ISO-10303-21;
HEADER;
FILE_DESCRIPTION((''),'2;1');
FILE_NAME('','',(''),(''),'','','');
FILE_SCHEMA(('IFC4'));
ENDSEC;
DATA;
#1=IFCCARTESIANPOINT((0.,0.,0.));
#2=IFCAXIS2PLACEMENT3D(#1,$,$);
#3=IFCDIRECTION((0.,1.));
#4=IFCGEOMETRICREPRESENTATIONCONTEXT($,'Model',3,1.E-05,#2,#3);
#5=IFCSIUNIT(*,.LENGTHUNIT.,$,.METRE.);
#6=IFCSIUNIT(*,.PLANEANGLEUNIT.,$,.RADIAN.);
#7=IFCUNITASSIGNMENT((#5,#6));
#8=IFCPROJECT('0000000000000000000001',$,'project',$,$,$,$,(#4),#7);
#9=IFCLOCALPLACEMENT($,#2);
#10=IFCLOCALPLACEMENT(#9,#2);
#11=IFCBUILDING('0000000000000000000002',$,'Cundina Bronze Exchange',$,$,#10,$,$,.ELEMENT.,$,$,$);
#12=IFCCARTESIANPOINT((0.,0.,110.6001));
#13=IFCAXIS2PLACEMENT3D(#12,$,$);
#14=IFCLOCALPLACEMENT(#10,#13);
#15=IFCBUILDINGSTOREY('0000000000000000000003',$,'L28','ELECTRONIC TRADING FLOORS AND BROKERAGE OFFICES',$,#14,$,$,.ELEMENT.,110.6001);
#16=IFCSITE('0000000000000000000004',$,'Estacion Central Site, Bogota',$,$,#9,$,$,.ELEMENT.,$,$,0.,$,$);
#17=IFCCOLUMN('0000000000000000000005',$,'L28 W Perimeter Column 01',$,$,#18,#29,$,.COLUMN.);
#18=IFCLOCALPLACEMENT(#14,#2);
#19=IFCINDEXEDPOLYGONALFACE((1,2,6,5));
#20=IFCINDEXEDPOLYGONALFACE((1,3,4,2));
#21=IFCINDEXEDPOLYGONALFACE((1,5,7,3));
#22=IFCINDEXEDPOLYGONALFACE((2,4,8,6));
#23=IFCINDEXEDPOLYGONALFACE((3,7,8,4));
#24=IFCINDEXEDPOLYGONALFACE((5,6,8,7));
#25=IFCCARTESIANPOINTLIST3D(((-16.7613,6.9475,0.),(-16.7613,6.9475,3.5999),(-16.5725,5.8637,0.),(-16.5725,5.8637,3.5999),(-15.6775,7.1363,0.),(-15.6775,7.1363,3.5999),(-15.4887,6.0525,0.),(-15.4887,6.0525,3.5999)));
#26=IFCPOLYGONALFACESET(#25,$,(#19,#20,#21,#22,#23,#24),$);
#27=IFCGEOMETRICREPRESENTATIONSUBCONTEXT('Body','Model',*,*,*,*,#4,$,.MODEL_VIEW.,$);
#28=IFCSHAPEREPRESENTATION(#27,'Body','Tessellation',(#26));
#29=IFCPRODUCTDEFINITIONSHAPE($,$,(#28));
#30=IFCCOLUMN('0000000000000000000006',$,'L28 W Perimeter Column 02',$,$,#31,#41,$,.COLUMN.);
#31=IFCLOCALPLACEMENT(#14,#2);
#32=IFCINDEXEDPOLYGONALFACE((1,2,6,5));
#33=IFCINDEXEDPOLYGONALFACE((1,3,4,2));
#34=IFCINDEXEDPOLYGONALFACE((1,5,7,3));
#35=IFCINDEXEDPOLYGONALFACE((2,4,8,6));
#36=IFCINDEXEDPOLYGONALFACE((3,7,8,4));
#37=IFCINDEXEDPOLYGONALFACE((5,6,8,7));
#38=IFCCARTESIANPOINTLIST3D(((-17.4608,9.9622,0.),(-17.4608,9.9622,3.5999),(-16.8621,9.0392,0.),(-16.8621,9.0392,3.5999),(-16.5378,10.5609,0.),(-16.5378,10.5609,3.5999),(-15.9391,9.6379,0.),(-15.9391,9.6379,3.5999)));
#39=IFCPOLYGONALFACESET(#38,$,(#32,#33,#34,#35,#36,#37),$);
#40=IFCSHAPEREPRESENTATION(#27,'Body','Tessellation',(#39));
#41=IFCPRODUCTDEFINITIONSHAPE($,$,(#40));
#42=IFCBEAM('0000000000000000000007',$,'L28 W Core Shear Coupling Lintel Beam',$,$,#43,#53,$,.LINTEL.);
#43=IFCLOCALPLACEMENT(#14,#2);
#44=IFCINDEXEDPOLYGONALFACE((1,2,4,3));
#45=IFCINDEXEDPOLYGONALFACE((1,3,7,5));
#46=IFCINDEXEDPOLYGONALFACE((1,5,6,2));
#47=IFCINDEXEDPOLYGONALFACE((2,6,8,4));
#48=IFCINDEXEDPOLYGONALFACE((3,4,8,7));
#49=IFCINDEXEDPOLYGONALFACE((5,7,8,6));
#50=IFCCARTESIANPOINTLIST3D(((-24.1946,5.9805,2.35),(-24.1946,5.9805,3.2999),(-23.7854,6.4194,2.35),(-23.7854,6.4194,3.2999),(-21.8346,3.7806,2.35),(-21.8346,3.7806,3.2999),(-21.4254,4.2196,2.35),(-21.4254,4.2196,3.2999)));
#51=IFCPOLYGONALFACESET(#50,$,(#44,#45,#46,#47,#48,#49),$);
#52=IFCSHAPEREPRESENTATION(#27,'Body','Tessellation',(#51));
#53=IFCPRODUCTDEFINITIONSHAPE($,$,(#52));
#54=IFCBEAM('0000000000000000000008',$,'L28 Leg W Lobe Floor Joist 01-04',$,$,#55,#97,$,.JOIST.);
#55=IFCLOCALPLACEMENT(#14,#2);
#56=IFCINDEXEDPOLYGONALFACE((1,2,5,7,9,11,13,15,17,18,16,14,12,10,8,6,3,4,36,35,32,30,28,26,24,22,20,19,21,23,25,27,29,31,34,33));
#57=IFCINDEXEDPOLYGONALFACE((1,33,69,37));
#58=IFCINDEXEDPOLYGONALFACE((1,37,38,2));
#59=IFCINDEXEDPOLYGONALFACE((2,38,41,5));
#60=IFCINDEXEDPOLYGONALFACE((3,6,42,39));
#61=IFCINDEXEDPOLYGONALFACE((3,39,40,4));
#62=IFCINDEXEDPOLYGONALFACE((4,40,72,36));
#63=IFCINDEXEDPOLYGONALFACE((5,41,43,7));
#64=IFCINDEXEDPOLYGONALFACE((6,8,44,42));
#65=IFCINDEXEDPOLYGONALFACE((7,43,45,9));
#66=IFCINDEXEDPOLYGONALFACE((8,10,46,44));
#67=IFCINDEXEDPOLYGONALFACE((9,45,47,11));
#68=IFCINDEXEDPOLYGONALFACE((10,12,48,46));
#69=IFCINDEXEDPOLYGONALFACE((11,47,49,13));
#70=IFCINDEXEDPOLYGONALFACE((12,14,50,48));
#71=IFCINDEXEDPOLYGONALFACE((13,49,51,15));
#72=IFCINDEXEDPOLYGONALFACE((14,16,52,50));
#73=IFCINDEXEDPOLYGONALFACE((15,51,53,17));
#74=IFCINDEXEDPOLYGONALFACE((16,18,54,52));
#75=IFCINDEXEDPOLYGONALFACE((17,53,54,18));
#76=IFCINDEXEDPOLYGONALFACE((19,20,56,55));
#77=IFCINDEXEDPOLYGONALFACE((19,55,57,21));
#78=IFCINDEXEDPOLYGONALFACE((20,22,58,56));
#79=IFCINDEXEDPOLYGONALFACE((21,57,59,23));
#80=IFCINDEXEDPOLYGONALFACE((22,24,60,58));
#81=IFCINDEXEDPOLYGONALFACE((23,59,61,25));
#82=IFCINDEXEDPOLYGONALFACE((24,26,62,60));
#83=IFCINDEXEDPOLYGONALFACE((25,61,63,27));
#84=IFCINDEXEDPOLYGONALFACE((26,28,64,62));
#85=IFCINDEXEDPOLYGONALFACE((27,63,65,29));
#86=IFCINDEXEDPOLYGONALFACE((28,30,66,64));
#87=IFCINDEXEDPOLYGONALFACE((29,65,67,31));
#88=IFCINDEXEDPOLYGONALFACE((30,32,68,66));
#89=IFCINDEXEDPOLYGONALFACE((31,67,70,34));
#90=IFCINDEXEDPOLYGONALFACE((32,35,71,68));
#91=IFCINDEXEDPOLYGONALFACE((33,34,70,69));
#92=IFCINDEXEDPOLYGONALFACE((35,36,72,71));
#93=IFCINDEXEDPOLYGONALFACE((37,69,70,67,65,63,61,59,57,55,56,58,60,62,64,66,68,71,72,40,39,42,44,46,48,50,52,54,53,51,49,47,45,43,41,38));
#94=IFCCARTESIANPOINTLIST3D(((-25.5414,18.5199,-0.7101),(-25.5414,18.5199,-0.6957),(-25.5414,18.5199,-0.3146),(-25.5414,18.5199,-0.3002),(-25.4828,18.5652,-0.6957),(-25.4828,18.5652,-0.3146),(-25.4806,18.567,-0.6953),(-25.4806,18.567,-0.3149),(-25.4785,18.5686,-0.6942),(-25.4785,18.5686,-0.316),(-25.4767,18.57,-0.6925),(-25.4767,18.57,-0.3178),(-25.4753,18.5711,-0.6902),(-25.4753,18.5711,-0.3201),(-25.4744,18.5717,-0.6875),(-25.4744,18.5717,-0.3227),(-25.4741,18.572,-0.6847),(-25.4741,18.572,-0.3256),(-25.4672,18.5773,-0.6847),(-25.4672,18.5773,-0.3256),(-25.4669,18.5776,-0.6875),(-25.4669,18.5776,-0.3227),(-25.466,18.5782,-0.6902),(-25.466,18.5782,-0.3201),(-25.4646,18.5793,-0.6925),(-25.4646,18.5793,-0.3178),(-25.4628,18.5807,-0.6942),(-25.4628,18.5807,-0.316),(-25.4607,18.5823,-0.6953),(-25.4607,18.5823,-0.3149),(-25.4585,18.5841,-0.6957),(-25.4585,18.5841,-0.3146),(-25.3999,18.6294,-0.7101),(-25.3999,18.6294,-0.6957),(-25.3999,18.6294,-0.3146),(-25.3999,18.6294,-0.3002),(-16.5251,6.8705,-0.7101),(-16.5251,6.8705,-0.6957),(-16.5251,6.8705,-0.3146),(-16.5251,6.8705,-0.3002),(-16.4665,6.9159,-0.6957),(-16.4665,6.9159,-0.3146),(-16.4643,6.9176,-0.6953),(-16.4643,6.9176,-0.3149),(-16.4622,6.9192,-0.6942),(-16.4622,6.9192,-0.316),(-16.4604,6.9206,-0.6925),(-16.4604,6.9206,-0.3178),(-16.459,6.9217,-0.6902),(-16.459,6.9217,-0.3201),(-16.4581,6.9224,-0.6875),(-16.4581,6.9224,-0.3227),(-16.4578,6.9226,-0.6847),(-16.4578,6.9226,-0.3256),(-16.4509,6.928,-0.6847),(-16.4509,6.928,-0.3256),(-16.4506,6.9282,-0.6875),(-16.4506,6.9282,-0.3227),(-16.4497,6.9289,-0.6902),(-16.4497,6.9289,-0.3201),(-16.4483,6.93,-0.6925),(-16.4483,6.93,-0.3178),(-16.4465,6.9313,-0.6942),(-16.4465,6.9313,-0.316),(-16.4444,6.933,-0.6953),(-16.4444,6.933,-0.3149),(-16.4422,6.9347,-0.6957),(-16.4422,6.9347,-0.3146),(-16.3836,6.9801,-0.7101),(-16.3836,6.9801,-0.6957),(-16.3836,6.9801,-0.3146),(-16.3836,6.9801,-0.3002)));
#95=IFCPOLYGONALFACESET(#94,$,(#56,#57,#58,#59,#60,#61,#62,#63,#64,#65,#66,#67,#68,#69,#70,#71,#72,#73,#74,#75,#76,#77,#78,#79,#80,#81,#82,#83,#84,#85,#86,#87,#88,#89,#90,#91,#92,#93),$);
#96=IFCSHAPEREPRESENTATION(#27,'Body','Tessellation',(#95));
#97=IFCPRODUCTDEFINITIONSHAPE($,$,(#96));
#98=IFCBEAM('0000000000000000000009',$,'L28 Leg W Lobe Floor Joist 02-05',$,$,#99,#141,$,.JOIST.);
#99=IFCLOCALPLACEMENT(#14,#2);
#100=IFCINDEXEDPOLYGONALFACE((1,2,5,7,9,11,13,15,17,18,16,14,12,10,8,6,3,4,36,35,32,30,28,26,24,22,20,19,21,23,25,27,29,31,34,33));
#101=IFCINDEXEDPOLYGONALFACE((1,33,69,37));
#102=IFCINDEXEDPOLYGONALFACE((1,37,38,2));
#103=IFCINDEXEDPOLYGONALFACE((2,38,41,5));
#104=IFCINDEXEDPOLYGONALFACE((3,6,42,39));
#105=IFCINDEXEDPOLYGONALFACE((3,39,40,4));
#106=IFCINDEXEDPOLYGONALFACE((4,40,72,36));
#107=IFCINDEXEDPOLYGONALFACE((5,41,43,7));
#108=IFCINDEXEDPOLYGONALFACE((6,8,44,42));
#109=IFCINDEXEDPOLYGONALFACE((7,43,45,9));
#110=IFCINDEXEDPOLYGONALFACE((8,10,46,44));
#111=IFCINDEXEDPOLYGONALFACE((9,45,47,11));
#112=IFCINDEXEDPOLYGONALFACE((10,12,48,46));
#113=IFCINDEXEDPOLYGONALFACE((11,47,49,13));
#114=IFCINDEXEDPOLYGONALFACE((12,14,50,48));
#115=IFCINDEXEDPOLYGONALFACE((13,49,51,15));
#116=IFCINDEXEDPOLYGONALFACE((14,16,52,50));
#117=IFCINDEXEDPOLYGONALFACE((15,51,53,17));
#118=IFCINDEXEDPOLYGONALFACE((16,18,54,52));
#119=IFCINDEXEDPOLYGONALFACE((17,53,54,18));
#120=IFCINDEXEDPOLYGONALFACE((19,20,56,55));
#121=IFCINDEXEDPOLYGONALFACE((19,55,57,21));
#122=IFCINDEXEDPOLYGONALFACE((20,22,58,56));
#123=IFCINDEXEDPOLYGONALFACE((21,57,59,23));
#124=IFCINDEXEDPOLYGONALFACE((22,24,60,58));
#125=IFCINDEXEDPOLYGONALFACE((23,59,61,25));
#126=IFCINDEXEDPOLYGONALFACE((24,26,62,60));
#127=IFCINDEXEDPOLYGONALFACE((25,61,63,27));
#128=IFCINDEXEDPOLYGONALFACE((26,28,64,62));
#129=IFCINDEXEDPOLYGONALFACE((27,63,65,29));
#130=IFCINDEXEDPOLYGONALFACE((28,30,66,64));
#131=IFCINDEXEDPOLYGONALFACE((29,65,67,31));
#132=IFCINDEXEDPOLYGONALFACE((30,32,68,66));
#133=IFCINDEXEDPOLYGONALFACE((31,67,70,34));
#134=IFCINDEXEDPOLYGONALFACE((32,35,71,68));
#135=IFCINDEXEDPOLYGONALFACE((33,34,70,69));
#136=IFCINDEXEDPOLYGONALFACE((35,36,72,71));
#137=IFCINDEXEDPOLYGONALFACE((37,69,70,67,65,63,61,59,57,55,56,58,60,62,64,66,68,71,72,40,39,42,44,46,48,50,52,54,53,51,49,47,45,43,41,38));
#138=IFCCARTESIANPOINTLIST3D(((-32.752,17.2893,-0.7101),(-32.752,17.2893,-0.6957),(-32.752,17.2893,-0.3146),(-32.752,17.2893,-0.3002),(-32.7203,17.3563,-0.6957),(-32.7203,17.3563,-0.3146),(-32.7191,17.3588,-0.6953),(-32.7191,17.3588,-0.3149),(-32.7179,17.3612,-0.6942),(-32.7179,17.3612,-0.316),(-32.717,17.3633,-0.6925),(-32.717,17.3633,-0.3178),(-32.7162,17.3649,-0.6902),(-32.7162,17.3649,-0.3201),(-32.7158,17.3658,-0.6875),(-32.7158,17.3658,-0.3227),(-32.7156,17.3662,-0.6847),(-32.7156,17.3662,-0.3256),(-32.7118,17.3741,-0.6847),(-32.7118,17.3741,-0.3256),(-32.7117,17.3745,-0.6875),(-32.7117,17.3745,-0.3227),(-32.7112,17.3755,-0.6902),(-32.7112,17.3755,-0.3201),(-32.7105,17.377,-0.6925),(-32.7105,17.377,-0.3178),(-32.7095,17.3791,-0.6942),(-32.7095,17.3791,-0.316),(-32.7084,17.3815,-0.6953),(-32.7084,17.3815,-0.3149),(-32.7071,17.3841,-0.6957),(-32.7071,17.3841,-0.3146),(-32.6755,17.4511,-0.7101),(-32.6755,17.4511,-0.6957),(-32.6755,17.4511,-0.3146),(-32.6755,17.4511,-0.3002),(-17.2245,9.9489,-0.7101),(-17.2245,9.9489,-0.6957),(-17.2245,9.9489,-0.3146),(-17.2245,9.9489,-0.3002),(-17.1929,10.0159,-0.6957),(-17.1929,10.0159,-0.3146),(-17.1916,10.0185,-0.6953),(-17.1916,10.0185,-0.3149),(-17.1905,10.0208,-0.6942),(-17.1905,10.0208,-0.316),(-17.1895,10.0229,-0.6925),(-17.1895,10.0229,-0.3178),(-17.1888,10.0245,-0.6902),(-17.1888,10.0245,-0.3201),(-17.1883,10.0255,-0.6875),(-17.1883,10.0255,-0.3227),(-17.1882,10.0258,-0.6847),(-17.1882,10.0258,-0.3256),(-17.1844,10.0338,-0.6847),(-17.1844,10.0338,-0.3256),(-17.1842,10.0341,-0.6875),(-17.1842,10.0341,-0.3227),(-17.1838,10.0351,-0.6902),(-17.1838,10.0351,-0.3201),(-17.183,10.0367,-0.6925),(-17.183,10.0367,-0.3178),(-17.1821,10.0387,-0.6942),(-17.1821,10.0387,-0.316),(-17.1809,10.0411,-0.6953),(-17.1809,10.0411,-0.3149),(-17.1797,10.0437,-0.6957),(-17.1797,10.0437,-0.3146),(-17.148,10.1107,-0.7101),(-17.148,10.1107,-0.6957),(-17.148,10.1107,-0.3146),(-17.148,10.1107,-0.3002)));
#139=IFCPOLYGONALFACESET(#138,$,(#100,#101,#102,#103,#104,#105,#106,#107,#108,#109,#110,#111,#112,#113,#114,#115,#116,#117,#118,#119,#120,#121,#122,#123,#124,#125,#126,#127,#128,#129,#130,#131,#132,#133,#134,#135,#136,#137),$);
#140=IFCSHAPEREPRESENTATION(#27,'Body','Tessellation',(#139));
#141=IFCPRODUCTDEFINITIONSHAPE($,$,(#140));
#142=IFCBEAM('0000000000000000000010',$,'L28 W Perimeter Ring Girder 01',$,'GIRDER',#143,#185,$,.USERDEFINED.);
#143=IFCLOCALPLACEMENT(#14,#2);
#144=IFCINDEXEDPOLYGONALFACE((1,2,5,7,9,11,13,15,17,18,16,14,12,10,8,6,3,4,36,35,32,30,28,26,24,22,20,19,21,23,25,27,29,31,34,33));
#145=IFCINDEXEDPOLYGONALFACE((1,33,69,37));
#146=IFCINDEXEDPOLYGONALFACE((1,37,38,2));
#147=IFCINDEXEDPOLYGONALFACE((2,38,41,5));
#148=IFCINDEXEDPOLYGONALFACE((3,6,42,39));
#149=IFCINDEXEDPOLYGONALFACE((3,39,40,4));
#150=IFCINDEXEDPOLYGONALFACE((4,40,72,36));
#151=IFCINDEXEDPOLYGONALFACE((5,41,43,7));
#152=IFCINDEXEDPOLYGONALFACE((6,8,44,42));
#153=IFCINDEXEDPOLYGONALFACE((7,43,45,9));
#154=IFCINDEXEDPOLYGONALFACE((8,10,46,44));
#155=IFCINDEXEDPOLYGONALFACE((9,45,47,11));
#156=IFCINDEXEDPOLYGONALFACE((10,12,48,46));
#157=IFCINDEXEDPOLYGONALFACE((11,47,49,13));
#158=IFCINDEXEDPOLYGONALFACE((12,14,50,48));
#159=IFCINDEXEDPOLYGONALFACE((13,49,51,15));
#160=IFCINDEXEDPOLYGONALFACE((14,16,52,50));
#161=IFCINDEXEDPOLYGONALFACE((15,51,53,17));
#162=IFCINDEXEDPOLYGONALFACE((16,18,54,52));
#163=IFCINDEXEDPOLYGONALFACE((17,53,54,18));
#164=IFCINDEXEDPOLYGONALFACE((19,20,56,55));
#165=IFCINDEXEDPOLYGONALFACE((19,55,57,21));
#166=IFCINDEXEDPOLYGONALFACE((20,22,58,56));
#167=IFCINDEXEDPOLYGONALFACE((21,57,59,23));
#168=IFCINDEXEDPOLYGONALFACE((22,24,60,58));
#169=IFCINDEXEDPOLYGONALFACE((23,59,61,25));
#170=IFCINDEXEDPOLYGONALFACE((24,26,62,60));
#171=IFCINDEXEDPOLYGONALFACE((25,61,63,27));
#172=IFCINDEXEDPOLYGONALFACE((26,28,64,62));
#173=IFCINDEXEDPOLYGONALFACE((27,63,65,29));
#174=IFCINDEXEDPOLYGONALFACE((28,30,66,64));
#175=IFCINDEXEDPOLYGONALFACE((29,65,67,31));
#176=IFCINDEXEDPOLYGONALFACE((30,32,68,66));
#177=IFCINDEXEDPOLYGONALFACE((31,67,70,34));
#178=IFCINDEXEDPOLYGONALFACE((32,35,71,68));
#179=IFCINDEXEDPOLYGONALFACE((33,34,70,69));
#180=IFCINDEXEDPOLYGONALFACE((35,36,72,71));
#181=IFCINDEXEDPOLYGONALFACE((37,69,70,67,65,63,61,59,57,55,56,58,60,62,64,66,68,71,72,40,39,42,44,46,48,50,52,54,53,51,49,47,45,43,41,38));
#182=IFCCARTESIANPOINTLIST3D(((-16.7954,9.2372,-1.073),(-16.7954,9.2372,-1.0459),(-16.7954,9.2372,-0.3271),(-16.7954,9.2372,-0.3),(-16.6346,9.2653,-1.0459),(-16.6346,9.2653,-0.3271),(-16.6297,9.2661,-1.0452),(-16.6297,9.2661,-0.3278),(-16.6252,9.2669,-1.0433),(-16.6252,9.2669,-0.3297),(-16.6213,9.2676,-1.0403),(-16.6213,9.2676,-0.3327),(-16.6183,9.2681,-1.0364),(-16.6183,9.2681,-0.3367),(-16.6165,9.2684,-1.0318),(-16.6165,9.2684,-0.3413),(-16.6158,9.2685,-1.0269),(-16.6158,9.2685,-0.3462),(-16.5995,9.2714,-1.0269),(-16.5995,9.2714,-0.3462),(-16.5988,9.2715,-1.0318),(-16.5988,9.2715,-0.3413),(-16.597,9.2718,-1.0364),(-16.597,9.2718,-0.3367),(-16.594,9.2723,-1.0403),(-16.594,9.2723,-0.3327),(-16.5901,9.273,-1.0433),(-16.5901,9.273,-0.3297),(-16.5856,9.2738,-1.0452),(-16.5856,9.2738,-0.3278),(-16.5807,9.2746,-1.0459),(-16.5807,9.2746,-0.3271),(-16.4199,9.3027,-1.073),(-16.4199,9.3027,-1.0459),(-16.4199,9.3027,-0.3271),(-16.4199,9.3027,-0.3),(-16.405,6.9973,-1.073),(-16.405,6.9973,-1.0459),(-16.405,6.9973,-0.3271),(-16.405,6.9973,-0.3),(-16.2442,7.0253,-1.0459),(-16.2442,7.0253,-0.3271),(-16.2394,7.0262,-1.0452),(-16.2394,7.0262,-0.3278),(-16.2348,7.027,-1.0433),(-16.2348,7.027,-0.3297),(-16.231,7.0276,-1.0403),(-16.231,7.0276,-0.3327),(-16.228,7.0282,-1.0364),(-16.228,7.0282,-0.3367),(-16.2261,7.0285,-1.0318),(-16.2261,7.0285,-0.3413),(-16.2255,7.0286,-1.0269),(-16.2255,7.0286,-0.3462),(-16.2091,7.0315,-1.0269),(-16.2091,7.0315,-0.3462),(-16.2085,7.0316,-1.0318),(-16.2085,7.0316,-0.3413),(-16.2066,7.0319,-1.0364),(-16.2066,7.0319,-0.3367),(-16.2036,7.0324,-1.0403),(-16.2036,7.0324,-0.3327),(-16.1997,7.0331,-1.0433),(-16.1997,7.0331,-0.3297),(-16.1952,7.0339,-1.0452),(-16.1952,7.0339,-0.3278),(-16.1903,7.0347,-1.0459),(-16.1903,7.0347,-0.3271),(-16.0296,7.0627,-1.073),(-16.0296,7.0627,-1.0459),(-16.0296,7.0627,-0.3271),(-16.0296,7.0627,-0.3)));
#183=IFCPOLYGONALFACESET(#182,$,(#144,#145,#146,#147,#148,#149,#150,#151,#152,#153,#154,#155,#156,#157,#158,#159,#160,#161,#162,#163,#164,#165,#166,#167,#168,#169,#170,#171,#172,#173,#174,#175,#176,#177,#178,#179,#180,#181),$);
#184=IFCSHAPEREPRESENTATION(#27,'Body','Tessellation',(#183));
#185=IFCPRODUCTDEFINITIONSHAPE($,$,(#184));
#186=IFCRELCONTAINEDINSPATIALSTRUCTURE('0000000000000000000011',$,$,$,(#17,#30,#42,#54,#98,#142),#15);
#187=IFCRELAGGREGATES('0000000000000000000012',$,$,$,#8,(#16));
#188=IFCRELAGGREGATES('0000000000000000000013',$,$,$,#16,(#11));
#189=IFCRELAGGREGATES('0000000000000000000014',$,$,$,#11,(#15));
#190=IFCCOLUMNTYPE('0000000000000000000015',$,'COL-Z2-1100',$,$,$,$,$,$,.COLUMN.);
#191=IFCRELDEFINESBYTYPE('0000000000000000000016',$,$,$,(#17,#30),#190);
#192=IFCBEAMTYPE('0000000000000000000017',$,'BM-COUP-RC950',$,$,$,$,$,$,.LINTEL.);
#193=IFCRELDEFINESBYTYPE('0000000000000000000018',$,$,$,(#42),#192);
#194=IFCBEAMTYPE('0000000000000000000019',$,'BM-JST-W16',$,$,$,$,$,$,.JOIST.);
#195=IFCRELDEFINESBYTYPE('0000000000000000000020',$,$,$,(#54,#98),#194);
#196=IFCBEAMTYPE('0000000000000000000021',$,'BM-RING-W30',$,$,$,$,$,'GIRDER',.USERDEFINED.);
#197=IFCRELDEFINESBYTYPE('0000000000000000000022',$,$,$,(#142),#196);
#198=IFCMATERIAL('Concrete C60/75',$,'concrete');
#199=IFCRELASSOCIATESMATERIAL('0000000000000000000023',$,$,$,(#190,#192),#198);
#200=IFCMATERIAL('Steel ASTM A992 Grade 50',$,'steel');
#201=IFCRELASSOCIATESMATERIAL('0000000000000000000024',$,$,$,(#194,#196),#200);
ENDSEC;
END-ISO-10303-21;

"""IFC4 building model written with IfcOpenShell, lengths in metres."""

from ifc_helpers import new_model, si_unit, direction, frame, origin, origin_2d, place, context, subcontext, project, spatial, rectangle, i_section, extrude, material, material_profile, profile_set, type_object, element, save


model = new_model("IFC4")

# Units and contexts
model_context = context("Model", 3, precision=1e-05, world=origin(), true_north=direction((0.0, 1.0)))
body_context = subcontext(model_context, "Body", "Model", "MODEL_VIEW")
ifc_project = project(units=[si_unit("LENGTHUNIT", "METRE"), si_unit("PLANEANGLEUNIT", "RADIAN")], contexts=[model_context])

# Site, building, storey
site_placement = place(None, origin())
site = spatial("IfcSite", under=ifc_project, at=site_placement, Name="Estacion Central Site, Bogota", CompositionType="ELEMENT", RefElevation=0.0)
building_placement = place(site_placement, origin())
building = spatial("IfcBuilding", under=site, at=building_placement, Name="Cundina Bronze Exchange", CompositionType="ELEMENT")
storey_placement = place(building_placement, frame((0.0, 0.0, 110.6001)))
storey = spatial("IfcBuildingStorey", under=building, at=storey_placement, Name="L28", Description="ELECTRONIC TRADING FLOORS AND BROKERAGE OFFICES", CompositionType="ELEMENT", Elevation=110.6001)

# Columns
ifc_material_1 = material(Name="Concrete C60/75", Category="concrete")
ifc_material_profile_1 = material_profile(ifc_material_1, rectangle(XDim=1.1001, YDim=1.1001, at=origin_2d()), Name="RC1100X1100", Category="concrete")
ifc_profile_set_1 = profile_set([ifc_material_profile_1], Name="Concrete C60/75")
column_type = type_object("IfcColumnType", Name="COL-Z2-1100", PredefinedType="COLUMN", material=ifc_profile_set_1)
for number, where, z_axis, x_axis, name in (
    (1, (-16.125, 6.5, 0.0), (0.0, 0.0, 1.0), (-0.171585, 0.985169, 0.0), "L28 W Perimeter Column 01"),
    (2, (-16.7, 9.8, 0.0), (0.0, 0.0, 1.0), (-0.5442, 0.838956, 0.0), "L28 W Perimeter Column 02"),
):
    element("IfcColumn", number, at=place(storey_placement, frame(where, z_axis=z_axis, x_axis=x_axis)), inside=storey, type_object=column_type, Name=name, PredefinedType="COLUMN", context=body_context, shape_type="SweptSolid", body=[
        extrude(rectangle(XDim=1.1001, YDim=1.1001, at=origin_2d()), origin(), (0.0, 0.0, 1.0), 3.5999),
    ])

# Beams
ifc_material_profile_2 = material_profile(ifc_material_1, rectangle(XDim=0.6001, YDim=0.95, at=origin_2d()), Name="RC600X950", Category="concrete")
ifc_profile_set_2 = profile_set([ifc_material_profile_2], Name="Concrete C60/75")
beam_type_1 = type_object("IfcBeamType", Name="BM-COUP-RC950", PredefinedType="LINTEL", material=ifc_profile_set_2)
beam_1_placement = place(storey_placement, frame((-23.99, 6.2, 2.825), z_axis=(0.73149, -0.681852, 0.0), x_axis=(0.681852, 0.73149, 0.0)))
element("IfcBeam", 3, at=beam_1_placement, inside=storey, type_object=beam_type_1, Name="L28 W Core Shear Coupling Lintel Beam", PredefinedType="LINTEL", context=body_context, shape_type="SweptSolid", body=[
    extrude(rectangle(XDim=0.6001, YDim=0.95, at=origin_2d()), origin(), (0.0, 0.0, 1.0), 3.2263),
])
ifc_material_2 = material(Name="Steel ASTM A992 Grade 50", Category="steel")
ifc_material_profile_3 = material_profile(ifc_material_2, i_section(OverallWidth=0.179, OverallDepth=0.4099, WebThickness=0.0088, FlangeThickness=0.0144, FilletRadius=0.011, at=origin_2d()), Name="W16X45", Category="steel")
ifc_profile_set_3 = profile_set([ifc_material_profile_3], Name="Steel ASTM A992 Grade 50")
beam_type_2 = type_object("IfcBeamType", Name="BM-JST-W16", PredefinedType="JOIST", material=ifc_profile_set_3)
beam_2_placement = place(storey_placement, frame((-16.4543, 6.9253, -0.5051), z_axis=(-0.612065, 0.790807, 0.0), x_axis=(-0.790807, -0.612065, 0.0)))
element("IfcBeam", 4, at=beam_2_placement, inside=storey, type_object=beam_type_2, Name="L28 Leg W Lobe Floor Joist 01-04", PredefinedType="JOIST", context=body_context, shape_type="SweptSolid", body=[
    extrude(i_section(OverallWidth=0.179, OverallDepth=0.4099, WebThickness=0.0088, FlangeThickness=0.0144, FilletRadius=0.011, at=origin_2d()), origin(), (0.0, 0.0, 1.0), 14.731),
])
beam_3_placement = place(storey_placement, frame((-17.1863, 10.0298, -0.5051), z_axis=(-0.904069, 0.427386, 0.0), x_axis=(-0.427386, -0.904069, 0.0)))
element("IfcBeam", 5, at=beam_3_placement, inside=storey, type_object=beam_type_2, Name="L28 Leg W Lobe Floor Joist 02-05", PredefinedType="JOIST", context=body_context, shape_type="SweptSolid", body=[
    extrude(i_section(OverallWidth=0.179, OverallDepth=0.4099, WebThickness=0.0088, FlangeThickness=0.0144, FilletRadius=0.011, at=origin_2d()), origin(), (0.0, 0.0, 1.0), 17.175),
])
ifc_material_profile_4 = material_profile(ifc_material_2, i_section(OverallWidth=0.3811, OverallDepth=0.7729, WebThickness=0.0166, FlangeThickness=0.0271, FilletRadius=0.019, at=origin_2d()), Name="W30X173", Category="steel")
ifc_profile_set_4 = profile_set([ifc_material_profile_4], Name="Steel ASTM A992 Grade 50")
beam_type_3 = type_object("IfcBeamType", Name="BM-RING-W30", ElementType="GIRDER", PredefinedType="USERDEFINED", material=ifc_profile_set_4)
beam_4_placement = place(storey_placement, frame((-16.2173, 7.03, -0.6865), z_axis=(-0.17169, 0.985151, 0.0), x_axis=(-0.985151, -0.17169, 0.0)))
element("IfcBeam", 6, at=beam_4_placement, inside=storey, type_object=beam_type_3, Name="L28 W Perimeter Ring Girder 01", ObjectType="GIRDER", PredefinedType="USERDEFINED", context=body_context, shape_type="SweptSolid", body=[
    extrude(i_section(OverallWidth=0.3811, OverallDepth=0.7729, WebThickness=0.0166, FlangeThickness=0.0271, FilletRadius=0.019, at=origin_2d()), origin(), (0.0, 0.0, 1.0), 2.2737),
])

save(model, "model.ifc")
